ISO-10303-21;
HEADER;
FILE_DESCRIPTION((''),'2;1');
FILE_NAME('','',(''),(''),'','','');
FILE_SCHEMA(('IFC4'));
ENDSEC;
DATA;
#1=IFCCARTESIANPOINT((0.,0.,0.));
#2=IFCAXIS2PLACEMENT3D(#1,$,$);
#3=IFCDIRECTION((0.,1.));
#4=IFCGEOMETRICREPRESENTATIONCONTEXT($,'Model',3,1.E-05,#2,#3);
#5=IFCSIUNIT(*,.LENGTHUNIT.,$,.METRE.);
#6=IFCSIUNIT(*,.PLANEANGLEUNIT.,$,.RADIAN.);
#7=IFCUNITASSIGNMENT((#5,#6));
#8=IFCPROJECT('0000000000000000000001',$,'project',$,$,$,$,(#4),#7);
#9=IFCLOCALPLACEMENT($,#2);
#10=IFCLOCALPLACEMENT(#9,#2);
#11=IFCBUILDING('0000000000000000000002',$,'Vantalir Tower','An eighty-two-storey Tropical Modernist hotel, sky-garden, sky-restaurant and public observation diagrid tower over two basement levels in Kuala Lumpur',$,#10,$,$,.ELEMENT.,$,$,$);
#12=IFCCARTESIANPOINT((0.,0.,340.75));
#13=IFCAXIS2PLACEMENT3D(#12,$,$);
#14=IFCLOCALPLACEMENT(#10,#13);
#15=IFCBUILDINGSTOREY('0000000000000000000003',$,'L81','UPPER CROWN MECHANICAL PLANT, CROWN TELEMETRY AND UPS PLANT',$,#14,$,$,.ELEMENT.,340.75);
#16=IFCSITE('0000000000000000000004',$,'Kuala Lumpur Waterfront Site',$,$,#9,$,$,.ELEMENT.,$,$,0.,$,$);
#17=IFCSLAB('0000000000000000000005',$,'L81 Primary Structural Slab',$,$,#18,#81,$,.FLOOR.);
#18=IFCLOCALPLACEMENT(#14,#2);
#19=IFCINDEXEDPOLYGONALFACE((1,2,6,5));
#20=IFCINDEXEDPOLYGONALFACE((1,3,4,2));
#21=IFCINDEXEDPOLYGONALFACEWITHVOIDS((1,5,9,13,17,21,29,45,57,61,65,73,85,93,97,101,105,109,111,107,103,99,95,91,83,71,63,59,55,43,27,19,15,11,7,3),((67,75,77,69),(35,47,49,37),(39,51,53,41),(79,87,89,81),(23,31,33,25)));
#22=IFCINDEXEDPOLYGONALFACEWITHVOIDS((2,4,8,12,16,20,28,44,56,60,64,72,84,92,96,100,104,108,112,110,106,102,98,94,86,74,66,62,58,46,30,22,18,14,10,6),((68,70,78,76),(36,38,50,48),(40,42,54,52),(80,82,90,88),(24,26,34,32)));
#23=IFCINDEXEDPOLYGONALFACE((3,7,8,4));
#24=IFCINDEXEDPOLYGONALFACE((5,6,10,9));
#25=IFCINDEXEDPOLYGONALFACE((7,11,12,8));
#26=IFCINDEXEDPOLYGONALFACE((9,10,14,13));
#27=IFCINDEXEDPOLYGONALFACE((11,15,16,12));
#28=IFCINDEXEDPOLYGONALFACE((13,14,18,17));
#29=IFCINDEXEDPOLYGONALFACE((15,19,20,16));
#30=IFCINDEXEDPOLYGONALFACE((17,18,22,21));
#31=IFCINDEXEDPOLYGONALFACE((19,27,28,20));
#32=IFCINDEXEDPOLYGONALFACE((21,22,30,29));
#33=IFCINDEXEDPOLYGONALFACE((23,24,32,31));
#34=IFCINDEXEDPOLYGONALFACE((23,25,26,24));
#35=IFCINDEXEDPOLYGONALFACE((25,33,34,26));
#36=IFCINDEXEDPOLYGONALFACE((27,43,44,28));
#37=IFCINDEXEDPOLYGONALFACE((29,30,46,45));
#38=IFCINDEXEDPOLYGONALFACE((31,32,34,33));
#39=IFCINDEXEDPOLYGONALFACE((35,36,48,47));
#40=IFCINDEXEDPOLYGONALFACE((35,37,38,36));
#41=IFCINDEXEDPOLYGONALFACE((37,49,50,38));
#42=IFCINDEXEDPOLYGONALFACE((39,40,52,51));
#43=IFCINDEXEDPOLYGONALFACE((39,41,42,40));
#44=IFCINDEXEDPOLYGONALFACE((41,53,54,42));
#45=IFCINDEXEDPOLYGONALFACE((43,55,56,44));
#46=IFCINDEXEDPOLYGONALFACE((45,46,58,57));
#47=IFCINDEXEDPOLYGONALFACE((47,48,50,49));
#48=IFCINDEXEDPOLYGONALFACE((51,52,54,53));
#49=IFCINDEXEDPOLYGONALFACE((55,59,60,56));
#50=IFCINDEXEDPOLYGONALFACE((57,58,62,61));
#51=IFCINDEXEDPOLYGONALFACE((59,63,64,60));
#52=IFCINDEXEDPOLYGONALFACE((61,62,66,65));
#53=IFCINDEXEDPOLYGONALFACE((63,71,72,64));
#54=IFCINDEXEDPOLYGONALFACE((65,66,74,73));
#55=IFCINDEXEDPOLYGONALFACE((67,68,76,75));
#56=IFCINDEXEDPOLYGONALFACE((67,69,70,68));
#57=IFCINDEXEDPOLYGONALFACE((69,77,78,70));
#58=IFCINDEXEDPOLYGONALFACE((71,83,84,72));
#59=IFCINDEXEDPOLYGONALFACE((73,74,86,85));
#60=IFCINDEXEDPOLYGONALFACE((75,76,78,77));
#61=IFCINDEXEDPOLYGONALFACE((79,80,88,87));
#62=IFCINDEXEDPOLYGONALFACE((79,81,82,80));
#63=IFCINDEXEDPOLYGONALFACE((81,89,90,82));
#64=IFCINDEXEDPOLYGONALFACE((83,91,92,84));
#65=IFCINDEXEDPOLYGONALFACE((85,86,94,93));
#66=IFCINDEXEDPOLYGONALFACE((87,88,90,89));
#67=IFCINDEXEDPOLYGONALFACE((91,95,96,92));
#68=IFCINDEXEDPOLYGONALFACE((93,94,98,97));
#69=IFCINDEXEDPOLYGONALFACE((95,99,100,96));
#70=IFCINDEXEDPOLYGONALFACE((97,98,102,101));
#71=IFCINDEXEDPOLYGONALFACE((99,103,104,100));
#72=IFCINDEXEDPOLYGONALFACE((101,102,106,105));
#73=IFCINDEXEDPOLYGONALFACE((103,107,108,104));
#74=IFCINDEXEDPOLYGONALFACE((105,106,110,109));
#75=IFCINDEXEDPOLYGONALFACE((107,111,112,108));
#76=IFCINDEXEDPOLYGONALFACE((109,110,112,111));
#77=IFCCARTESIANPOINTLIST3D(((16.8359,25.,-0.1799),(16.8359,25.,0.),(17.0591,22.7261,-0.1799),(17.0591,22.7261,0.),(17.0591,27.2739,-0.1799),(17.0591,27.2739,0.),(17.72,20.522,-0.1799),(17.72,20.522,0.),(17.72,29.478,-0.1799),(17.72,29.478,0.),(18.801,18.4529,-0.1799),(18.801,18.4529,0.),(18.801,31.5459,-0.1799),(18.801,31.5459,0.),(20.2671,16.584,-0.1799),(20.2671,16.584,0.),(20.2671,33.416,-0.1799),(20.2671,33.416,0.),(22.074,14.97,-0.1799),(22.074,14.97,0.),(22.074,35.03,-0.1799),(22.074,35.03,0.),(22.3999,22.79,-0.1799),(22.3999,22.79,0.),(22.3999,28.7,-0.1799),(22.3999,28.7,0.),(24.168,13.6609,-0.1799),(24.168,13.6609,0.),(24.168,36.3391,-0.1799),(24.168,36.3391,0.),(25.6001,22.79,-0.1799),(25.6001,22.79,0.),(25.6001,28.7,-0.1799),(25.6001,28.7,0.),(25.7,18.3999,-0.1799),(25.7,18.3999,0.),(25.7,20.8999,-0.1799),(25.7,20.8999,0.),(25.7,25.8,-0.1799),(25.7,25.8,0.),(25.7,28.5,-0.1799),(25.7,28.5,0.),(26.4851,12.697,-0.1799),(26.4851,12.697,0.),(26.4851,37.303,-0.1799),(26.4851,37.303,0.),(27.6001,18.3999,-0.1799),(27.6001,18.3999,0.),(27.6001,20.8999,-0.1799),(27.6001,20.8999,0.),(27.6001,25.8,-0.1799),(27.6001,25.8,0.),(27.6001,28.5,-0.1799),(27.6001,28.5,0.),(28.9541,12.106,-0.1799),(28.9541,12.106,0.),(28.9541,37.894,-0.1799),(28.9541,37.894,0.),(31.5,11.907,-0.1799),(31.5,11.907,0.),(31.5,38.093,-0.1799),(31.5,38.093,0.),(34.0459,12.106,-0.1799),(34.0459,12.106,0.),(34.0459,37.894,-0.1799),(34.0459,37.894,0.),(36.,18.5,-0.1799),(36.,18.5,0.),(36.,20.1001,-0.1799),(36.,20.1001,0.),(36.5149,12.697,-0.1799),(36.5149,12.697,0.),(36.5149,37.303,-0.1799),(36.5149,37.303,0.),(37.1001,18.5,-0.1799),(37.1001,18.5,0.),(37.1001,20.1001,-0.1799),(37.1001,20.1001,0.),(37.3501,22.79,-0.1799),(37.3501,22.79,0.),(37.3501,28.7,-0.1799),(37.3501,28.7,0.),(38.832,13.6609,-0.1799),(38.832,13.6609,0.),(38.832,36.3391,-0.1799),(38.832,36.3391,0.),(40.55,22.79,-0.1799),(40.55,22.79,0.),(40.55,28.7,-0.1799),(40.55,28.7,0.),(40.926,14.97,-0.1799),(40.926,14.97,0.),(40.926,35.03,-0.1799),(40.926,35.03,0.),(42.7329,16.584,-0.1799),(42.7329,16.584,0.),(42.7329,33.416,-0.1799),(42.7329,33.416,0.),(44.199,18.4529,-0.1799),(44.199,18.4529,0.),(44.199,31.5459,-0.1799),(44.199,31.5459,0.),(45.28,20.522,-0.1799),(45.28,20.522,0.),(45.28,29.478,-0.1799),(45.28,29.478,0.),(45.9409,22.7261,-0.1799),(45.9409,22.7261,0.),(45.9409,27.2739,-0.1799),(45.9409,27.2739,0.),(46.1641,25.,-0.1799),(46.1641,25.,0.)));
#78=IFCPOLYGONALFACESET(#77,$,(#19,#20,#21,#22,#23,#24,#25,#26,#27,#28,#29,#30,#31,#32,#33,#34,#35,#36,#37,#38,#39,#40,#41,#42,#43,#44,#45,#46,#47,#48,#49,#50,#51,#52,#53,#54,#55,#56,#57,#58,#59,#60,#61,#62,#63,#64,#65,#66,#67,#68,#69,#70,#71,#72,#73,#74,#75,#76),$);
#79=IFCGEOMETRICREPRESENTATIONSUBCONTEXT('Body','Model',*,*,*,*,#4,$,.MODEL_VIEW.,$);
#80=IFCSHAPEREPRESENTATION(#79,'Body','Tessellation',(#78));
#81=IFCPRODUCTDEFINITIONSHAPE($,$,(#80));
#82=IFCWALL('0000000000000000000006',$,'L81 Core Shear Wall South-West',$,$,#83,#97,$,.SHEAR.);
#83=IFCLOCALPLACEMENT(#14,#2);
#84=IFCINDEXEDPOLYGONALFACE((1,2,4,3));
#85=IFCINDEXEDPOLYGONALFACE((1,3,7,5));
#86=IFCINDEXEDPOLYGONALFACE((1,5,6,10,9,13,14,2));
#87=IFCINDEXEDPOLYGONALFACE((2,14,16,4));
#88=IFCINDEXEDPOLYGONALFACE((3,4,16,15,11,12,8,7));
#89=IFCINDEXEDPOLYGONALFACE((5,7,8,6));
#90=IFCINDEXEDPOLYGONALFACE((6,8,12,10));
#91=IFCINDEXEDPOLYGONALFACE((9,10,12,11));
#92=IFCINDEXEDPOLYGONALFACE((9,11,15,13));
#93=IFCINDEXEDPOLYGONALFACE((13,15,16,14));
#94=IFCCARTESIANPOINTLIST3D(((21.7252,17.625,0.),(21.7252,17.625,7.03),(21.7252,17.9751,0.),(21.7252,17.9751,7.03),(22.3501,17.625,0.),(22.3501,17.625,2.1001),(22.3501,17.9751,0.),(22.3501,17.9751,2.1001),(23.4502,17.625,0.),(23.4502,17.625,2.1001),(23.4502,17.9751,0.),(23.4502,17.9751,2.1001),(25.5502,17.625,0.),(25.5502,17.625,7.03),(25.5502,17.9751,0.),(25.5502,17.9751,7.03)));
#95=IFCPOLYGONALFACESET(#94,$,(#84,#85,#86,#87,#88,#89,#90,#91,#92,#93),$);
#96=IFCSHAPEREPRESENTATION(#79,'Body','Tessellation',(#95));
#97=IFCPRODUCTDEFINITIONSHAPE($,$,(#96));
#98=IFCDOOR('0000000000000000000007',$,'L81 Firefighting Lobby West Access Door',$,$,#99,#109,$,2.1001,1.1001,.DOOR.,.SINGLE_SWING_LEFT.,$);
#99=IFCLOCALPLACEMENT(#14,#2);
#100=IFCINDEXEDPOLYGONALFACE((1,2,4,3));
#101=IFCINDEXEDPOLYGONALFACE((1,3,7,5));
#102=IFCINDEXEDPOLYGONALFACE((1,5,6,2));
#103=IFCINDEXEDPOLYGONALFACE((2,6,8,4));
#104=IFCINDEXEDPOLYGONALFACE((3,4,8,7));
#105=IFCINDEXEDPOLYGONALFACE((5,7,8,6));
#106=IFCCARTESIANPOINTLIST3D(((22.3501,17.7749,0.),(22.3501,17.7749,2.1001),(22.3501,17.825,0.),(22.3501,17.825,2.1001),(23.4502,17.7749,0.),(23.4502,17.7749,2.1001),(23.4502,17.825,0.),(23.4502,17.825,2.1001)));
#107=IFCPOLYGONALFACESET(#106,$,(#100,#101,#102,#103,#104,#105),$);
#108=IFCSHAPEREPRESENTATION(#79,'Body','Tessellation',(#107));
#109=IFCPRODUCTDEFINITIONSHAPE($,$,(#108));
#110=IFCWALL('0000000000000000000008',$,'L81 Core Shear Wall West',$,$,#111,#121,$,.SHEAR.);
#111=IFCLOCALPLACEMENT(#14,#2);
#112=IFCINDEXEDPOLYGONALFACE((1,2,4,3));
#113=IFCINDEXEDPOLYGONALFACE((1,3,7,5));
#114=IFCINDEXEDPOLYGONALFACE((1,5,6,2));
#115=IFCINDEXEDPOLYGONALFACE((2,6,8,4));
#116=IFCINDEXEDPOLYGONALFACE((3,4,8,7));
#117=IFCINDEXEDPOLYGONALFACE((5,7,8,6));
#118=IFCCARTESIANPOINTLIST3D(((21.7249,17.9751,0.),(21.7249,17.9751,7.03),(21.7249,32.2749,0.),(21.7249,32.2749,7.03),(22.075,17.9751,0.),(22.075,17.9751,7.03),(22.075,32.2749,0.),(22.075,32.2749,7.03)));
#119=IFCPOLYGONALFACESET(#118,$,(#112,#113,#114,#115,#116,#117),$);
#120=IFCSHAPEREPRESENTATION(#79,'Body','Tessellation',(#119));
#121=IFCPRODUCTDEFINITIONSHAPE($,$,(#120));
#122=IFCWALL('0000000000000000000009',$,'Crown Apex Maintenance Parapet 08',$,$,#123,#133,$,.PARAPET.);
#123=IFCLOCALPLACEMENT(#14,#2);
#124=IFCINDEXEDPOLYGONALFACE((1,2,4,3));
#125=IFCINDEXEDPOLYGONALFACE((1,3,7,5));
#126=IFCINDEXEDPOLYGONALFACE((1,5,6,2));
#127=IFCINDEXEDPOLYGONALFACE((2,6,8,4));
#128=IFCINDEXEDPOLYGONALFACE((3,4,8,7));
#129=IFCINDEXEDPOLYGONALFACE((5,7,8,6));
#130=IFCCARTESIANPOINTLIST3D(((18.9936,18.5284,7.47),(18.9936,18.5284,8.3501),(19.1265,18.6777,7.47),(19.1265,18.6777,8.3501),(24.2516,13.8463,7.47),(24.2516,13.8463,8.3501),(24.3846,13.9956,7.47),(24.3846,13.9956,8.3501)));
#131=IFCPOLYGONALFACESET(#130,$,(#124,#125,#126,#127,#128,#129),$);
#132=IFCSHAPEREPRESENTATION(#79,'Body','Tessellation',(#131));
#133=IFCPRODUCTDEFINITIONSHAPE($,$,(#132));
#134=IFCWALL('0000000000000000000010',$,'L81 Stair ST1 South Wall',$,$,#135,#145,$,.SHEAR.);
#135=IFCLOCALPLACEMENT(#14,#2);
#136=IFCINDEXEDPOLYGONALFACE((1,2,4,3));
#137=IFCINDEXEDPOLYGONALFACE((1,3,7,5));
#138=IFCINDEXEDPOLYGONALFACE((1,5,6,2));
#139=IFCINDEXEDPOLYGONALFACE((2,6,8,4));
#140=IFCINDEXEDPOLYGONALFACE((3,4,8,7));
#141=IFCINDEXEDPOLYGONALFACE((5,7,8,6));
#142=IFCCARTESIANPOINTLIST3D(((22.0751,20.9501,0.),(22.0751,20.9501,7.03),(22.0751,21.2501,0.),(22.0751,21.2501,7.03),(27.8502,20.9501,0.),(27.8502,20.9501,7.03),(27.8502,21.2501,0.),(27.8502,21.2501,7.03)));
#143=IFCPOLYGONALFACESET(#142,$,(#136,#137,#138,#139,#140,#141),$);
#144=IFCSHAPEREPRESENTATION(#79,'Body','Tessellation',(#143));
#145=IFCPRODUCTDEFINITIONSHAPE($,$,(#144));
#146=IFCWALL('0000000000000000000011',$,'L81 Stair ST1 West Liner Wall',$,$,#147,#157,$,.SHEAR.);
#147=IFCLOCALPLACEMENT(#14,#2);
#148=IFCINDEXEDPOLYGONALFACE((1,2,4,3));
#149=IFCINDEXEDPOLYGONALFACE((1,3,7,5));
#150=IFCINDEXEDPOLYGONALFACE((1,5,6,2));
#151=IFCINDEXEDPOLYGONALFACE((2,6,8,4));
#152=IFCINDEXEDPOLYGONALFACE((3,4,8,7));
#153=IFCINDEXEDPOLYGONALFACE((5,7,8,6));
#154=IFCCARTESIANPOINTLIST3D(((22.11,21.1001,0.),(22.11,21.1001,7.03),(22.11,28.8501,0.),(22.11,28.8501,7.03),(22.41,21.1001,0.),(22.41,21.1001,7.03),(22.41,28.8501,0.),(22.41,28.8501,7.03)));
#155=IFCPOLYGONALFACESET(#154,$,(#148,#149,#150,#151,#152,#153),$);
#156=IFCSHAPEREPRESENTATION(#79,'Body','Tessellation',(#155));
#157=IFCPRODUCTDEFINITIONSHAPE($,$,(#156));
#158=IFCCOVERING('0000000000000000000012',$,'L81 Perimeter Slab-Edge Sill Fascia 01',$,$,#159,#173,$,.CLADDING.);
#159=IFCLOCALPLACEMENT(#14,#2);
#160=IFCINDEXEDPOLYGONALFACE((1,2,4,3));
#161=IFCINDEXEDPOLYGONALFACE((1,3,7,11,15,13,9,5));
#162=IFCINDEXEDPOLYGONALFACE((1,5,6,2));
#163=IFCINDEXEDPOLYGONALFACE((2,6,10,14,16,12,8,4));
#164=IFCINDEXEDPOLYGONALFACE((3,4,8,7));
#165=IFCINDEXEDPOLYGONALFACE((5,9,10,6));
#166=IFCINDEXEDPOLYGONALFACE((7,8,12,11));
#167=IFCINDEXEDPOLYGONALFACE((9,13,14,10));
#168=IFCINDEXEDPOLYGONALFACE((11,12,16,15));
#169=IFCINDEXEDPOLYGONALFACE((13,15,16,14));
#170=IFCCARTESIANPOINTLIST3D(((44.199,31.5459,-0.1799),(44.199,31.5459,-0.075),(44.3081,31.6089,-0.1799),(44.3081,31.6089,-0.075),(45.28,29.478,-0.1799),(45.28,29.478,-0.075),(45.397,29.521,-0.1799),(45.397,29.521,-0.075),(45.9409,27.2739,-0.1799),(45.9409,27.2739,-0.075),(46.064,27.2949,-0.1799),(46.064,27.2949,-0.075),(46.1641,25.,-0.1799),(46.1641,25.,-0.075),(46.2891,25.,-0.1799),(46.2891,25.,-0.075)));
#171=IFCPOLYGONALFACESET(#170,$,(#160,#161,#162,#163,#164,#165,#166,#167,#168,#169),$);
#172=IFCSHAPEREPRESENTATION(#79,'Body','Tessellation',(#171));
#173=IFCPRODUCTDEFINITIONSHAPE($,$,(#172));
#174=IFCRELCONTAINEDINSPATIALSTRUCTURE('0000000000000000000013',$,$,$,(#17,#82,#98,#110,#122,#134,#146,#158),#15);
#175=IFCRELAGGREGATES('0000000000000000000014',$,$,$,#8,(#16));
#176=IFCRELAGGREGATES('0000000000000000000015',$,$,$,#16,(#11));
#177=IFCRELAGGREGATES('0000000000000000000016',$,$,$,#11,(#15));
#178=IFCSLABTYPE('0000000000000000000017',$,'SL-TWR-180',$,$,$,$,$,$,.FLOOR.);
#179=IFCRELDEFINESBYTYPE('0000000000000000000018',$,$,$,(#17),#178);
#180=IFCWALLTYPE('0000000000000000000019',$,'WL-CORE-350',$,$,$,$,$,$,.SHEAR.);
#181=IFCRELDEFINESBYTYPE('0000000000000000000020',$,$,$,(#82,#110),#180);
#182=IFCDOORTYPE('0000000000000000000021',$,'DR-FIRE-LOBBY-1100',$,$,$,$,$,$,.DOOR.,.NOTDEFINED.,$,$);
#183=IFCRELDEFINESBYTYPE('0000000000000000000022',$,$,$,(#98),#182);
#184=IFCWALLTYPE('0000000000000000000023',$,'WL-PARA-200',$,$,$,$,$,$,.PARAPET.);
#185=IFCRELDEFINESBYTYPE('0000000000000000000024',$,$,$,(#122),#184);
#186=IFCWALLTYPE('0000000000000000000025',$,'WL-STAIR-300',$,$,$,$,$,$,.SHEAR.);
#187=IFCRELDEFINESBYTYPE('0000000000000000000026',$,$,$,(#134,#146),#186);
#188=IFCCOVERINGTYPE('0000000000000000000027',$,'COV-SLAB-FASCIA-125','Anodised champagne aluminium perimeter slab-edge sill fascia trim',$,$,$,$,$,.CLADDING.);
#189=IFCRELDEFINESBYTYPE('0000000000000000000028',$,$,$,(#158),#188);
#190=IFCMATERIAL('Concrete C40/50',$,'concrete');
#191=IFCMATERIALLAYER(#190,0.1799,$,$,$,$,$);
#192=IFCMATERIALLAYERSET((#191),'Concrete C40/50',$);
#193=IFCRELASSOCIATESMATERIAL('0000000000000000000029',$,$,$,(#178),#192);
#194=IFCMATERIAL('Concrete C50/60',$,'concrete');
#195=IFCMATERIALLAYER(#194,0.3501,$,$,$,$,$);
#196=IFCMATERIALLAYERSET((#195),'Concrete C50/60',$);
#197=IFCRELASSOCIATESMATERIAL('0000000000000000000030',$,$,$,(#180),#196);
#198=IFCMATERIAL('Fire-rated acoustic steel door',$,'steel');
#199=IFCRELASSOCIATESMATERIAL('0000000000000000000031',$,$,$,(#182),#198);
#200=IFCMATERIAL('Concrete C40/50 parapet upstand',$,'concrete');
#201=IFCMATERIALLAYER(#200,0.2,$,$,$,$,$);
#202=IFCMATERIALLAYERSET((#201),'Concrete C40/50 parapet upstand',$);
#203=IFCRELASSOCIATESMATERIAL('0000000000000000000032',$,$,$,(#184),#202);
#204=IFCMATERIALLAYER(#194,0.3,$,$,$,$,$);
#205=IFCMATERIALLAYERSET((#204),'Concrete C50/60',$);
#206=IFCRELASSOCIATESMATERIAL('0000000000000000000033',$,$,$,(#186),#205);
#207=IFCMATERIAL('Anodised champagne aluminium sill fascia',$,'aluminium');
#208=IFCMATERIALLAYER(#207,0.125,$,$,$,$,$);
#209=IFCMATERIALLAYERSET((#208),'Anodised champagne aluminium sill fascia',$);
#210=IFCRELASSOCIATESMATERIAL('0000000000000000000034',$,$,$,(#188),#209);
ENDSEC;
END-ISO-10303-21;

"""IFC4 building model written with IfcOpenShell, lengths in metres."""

from ifc_helpers import new_model, si_unit, direction, frame, frame_2d, origin, place, context, subcontext, project, spatial, polyline, rectangle, outline, extrude, material, layer, layer_set, type_object, element, fill, save


model = new_model("IFC4")

# Units and contexts
model_context = context("Model", 3, precision=1e-05, world=origin(), true_north=direction((0.0, 1.0)))
body_context = subcontext(model_context, "Body", "Model", "MODEL_VIEW")
ifc_project = project(units=[si_unit("LENGTHUNIT", "METRE"), si_unit("PLANEANGLEUNIT", "RADIAN")], contexts=[model_context])

# Site, building, storey
site_placement = place(None, origin())
site = spatial("IfcSite", under=ifc_project, at=site_placement, Name="Kuala Lumpur Waterfront Site", CompositionType="ELEMENT", RefElevation=0.0)
building_placement = place(site_placement, origin())
building = spatial("IfcBuilding", under=site, at=building_placement, Name="Vantalir Tower", Description="An eighty-two-storey Tropical Modernist hotel, sky-garden, sky-restaurant and public observation diagrid tower over two basement levels in Kuala Lumpur", CompositionType="ELEMENT")
storey_placement = place(building_placement, frame((0.0, 0.0, 340.75)))
storey = spatial("IfcBuildingStorey", under=building, at=storey_placement, Name="L81", Description="UPPER CROWN MECHANICAL PLANT, CROWN TELEMETRY AND UPS PLANT", CompositionType="ELEMENT", Elevation=340.75)

# Slab
ifc_material_1 = material(Name="Concrete C40/50", Category="concrete")
ifc_layer_1 = layer(ifc_material_1, 0.1799)
ifc_layer_set_1 = layer_set([ifc_layer_1], Name="Concrete C40/50")
slab_type = type_object("IfcSlabType", Name="SL-TWR-180", PredefinedType="FLOOR", material=ifc_layer_set_1)
slab_placement = place(storey_placement, frame((0.0, 0.0, -0.1799)))
element("IfcSlab", 1, at=slab_placement, inside=storey, type_object=slab_type, Name="L81 Primary Structural Slab", PredefinedType="FLOOR", context=body_context, shape_type="SweptSolid", body=[
    extrude(outline(polyline([(42.7329, 16.584), (44.199, 18.4529), (45.28, 20.522), (45.9409, 22.7261), (46.1641, 25.0), (45.9409, 27.2739), (45.28, 29.478), (44.199, 31.5459), (42.7329, 33.416), (40.926, 35.03), (38.832, 36.3391), (36.5149, 37.303), (34.0459, 37.894), (31.5, 38.093), (28.9541, 37.894), (26.4851, 37.303), (24.168, 36.3391), (22.074, 35.03), (20.2671, 33.416), (18.801, 31.5459), (17.72, 29.478), (17.0591, 27.2739), (16.8359, 25.0), (17.0591, 22.7261), (17.72, 20.522), (18.801, 18.4529), (20.2671, 16.584), (22.074, 14.97), (24.168, 13.6609), (26.4851, 12.697), (28.9541, 12.106), (31.5, 11.907), (34.0459, 12.106), (36.5149, 12.697), (38.832, 13.6609), (40.926, 14.97), (42.7329, 16.584)]), holes=[polyline([(25.6001, 22.79), (22.3999, 22.79), (22.3999, 28.7), (25.6001, 28.7), (25.6001, 22.79)]), polyline([(37.3501, 22.79), (37.3501, 28.7), (40.55, 28.7), (40.55, 22.79), (37.3501, 22.79)]), polyline([(25.7, 20.8999), (27.6001, 20.8999), (27.6001, 18.3999), (25.7, 18.3999), (25.7, 20.8999)]), polyline([(27.6001, 28.5), (27.6001, 25.8), (25.7, 25.8), (25.7, 28.5), (27.6001, 28.5)]), polyline([(37.1001, 18.5), (36.0, 18.5), (36.0, 20.1001), (37.1001, 20.1001), (37.1001, 18.5)])]), origin(), (0.0, 0.0, 1.0), 0.1799),
])

# Wall, opening, door
ifc_material_2 = material(Name="Concrete C50/60", Category="concrete")
ifc_layer_2 = layer(ifc_material_2, 0.3501)
ifc_layer_set_2 = layer_set([ifc_layer_2], Name="Concrete C50/60")
wall_type_1 = type_object("IfcWallType", Name="WL-CORE-350", PredefinedType="SHEAR", material=ifc_layer_set_2)
wall_1_placement = place(storey_placement, frame((21.7251, 17.8, 0.0), z_axis=(0.0, 0.0, 1.0), x_axis=(1.0, 0.0, 0.0)))
wall_1 = element("IfcWall", 2, at=wall_1_placement, inside=storey, type_object=wall_type_1, Name="L81 Core Shear Wall South-West", PredefinedType="SHEAR", context=body_context, shape_type="SweptSolid", body=[
    extrude(rectangle(XDim=3.825, YDim=0.3501, at=frame_2d((1.9126, 0.0))), origin(), (0.0, 0.0, 1.0), 7.03),
])
opening_placement = place(wall_1_placement, frame((0.625, 0.0, 0.0)))
opening = element("IfcOpeningElement", 3, at=opening_placement, cuts=wall_1, PredefinedType="OPENING", context=body_context, shape_type="SweptSolid", body=[
    extrude(rectangle(XDim=1.1001, YDim=2.1001, at=frame_2d((0.55, 1.05))), frame((0.0, 0.1851, 0.0), z_axis=(0.0, -1.0, 0.0), x_axis=(1.0, 0.0, 0.0)), (0.0, 0.0, 1.0), 0.3701),
])
ifc_material_3 = material(Name="Fire-rated acoustic steel door", Category="steel")
door_type = type_object("IfcDoorType", Name="DR-FIRE-LOBBY-1100", OperationType="NOTDEFINED", PredefinedType="DOOR", material=ifc_material_3)
door_placement = place(opening_placement, origin())
door = element("IfcDoor", 4, at=door_placement, inside=storey, type_object=door_type, Name="L81 Firefighting Lobby West Access Door", OperationType="SINGLE_SWING_LEFT", OverallHeight=2.1001, OverallWidth=1.1001, PredefinedType="DOOR", context=body_context, shape_type="SweptSolid", body=[
    extrude(rectangle(XDim=1.1001, YDim=2.1001, at=frame_2d((0.55, 1.05))), frame((0.0, 0.0249, 0.0), z_axis=(0.0, -1.0, 0.0), x_axis=(1.0, 0.0, 0.0)), (0.0, 0.0, 1.0), 0.05),
])
fill(opening, door)

# Walls
wall_2_placement = place(storey_placement, frame((21.8999, 17.9751, 0.0), z_axis=(0.0, 0.0, 1.0), x_axis=(0.0, 1.0, 0.0)))
element("IfcWall", 5, at=wall_2_placement, inside=storey, type_object=wall_type_1, Name="L81 Core Shear Wall West", PredefinedType="SHEAR", context=body_context, shape_type="SweptSolid", body=[
    extrude(rectangle(XDim=14.2998, YDim=0.3501, at=frame_2d((7.1499, 0.0))), origin(), (0.0, 0.0, 1.0), 7.03),
])
ifc_material_4 = material(Name="Concrete C40/50 parapet upstand", Category="concrete")
ifc_layer_3 = layer(ifc_material_4, 0.2)
ifc_layer_set_3 = layer_set([ifc_layer_3], Name="Concrete C40/50 parapet upstand")
wall_type_2 = type_object("IfcWallType", Name="WL-PARA-200", PredefinedType="PARAPET", material=ifc_layer_set_3)
wall_3_placement = place(storey_placement, frame((19.0601, 18.603, 7.47), z_axis=(0.0, 0.0, 1.0), x_axis=(0.746824, -0.665022, 0.0)))
element("IfcWall", 6, at=wall_3_placement, inside=storey, type_object=wall_type_2, Name="Crown Apex Maintenance Parapet 08", PredefinedType="PARAPET", context=body_context, shape_type="SweptSolid", body=[
    extrude(rectangle(XDim=7.0405, YDim=0.2, at=frame_2d((3.5203, 0.0))), origin(), (0.0, 0.0, 1.0), 0.8801),
])
ifc_layer_4 = layer(ifc_material_2, 0.3)
ifc_layer_set_4 = layer_set([ifc_layer_4], Name="Concrete C50/60")
wall_type_3 = type_object("IfcWallType", Name="WL-STAIR-300", PredefinedType="SHEAR", material=ifc_layer_set_4)
wall_4_placement = place(storey_placement, frame((22.075, 21.1001, 0.0), z_axis=(0.0, 0.0, 1.0), x_axis=(1.0, 0.0, 0.0)))
element("IfcWall", 7, at=wall_4_placement, inside=storey, type_object=wall_type_3, Name="L81 Stair ST1 South Wall", PredefinedType="SHEAR", context=body_context, shape_type="SweptSolid", body=[
    extrude(rectangle(XDim=5.7751, YDim=0.3, at=frame_2d((2.8877, 0.0))), origin(), (0.0, 0.0, 1.0), 7.03),
])
wall_5_placement = place(storey_placement, frame((22.26, 21.1001, 0.0), z_axis=(0.0, 0.0, 1.0), x_axis=(0.0, 1.0, 0.0)))
element("IfcWall", 8, at=wall_5_placement, inside=storey, type_object=wall_type_3, Name="L81 Stair ST1 West Liner Wall", PredefinedType="SHEAR", context=body_context, shape_type="SweptSolid", body=[
    extrude(rectangle(XDim=7.75, YDim=0.3, at=frame_2d((3.875, 0.0))), origin(), (0.0, 0.0, 1.0), 7.03),
])

# Covering
ifc_material_5 = material(Name="Anodised champagne aluminium sill fascia", Category="aluminium")
ifc_layer_5 = layer(ifc_material_5, 0.125)
ifc_layer_set_5 = layer_set([ifc_layer_5], Name="Anodised champagne aluminium sill fascia")
covering_type = type_object("IfcCoveringType", Name="COV-SLAB-FASCIA-125", Description="Anodised champagne aluminium perimeter slab-edge sill fascia trim", PredefinedType="CLADDING", material=ifc_layer_set_5)
covering_1_placement = place(storey_placement, frame((0.0, 0.0, -0.1799)))
element("IfcCovering", 9, at=covering_1_placement, inside=storey, type_object=covering_type, Name="L81 Perimeter Slab-Edge Sill Fascia 01", PredefinedType="CLADDING", context=body_context, shape_type="SweptSolid", body=[
    extrude(outline(polyline([(46.2891, 25.0), (46.064, 27.2949), (45.397, 29.521), (44.3081, 31.6089), (44.199, 31.5459), (45.28, 29.478), (45.9409, 27.2739), (46.1641, 25.0), (46.2891, 25.0)])), origin(), (0.0, 0.0, 1.0), 0.105),
])

save(model, "model.ifc")
